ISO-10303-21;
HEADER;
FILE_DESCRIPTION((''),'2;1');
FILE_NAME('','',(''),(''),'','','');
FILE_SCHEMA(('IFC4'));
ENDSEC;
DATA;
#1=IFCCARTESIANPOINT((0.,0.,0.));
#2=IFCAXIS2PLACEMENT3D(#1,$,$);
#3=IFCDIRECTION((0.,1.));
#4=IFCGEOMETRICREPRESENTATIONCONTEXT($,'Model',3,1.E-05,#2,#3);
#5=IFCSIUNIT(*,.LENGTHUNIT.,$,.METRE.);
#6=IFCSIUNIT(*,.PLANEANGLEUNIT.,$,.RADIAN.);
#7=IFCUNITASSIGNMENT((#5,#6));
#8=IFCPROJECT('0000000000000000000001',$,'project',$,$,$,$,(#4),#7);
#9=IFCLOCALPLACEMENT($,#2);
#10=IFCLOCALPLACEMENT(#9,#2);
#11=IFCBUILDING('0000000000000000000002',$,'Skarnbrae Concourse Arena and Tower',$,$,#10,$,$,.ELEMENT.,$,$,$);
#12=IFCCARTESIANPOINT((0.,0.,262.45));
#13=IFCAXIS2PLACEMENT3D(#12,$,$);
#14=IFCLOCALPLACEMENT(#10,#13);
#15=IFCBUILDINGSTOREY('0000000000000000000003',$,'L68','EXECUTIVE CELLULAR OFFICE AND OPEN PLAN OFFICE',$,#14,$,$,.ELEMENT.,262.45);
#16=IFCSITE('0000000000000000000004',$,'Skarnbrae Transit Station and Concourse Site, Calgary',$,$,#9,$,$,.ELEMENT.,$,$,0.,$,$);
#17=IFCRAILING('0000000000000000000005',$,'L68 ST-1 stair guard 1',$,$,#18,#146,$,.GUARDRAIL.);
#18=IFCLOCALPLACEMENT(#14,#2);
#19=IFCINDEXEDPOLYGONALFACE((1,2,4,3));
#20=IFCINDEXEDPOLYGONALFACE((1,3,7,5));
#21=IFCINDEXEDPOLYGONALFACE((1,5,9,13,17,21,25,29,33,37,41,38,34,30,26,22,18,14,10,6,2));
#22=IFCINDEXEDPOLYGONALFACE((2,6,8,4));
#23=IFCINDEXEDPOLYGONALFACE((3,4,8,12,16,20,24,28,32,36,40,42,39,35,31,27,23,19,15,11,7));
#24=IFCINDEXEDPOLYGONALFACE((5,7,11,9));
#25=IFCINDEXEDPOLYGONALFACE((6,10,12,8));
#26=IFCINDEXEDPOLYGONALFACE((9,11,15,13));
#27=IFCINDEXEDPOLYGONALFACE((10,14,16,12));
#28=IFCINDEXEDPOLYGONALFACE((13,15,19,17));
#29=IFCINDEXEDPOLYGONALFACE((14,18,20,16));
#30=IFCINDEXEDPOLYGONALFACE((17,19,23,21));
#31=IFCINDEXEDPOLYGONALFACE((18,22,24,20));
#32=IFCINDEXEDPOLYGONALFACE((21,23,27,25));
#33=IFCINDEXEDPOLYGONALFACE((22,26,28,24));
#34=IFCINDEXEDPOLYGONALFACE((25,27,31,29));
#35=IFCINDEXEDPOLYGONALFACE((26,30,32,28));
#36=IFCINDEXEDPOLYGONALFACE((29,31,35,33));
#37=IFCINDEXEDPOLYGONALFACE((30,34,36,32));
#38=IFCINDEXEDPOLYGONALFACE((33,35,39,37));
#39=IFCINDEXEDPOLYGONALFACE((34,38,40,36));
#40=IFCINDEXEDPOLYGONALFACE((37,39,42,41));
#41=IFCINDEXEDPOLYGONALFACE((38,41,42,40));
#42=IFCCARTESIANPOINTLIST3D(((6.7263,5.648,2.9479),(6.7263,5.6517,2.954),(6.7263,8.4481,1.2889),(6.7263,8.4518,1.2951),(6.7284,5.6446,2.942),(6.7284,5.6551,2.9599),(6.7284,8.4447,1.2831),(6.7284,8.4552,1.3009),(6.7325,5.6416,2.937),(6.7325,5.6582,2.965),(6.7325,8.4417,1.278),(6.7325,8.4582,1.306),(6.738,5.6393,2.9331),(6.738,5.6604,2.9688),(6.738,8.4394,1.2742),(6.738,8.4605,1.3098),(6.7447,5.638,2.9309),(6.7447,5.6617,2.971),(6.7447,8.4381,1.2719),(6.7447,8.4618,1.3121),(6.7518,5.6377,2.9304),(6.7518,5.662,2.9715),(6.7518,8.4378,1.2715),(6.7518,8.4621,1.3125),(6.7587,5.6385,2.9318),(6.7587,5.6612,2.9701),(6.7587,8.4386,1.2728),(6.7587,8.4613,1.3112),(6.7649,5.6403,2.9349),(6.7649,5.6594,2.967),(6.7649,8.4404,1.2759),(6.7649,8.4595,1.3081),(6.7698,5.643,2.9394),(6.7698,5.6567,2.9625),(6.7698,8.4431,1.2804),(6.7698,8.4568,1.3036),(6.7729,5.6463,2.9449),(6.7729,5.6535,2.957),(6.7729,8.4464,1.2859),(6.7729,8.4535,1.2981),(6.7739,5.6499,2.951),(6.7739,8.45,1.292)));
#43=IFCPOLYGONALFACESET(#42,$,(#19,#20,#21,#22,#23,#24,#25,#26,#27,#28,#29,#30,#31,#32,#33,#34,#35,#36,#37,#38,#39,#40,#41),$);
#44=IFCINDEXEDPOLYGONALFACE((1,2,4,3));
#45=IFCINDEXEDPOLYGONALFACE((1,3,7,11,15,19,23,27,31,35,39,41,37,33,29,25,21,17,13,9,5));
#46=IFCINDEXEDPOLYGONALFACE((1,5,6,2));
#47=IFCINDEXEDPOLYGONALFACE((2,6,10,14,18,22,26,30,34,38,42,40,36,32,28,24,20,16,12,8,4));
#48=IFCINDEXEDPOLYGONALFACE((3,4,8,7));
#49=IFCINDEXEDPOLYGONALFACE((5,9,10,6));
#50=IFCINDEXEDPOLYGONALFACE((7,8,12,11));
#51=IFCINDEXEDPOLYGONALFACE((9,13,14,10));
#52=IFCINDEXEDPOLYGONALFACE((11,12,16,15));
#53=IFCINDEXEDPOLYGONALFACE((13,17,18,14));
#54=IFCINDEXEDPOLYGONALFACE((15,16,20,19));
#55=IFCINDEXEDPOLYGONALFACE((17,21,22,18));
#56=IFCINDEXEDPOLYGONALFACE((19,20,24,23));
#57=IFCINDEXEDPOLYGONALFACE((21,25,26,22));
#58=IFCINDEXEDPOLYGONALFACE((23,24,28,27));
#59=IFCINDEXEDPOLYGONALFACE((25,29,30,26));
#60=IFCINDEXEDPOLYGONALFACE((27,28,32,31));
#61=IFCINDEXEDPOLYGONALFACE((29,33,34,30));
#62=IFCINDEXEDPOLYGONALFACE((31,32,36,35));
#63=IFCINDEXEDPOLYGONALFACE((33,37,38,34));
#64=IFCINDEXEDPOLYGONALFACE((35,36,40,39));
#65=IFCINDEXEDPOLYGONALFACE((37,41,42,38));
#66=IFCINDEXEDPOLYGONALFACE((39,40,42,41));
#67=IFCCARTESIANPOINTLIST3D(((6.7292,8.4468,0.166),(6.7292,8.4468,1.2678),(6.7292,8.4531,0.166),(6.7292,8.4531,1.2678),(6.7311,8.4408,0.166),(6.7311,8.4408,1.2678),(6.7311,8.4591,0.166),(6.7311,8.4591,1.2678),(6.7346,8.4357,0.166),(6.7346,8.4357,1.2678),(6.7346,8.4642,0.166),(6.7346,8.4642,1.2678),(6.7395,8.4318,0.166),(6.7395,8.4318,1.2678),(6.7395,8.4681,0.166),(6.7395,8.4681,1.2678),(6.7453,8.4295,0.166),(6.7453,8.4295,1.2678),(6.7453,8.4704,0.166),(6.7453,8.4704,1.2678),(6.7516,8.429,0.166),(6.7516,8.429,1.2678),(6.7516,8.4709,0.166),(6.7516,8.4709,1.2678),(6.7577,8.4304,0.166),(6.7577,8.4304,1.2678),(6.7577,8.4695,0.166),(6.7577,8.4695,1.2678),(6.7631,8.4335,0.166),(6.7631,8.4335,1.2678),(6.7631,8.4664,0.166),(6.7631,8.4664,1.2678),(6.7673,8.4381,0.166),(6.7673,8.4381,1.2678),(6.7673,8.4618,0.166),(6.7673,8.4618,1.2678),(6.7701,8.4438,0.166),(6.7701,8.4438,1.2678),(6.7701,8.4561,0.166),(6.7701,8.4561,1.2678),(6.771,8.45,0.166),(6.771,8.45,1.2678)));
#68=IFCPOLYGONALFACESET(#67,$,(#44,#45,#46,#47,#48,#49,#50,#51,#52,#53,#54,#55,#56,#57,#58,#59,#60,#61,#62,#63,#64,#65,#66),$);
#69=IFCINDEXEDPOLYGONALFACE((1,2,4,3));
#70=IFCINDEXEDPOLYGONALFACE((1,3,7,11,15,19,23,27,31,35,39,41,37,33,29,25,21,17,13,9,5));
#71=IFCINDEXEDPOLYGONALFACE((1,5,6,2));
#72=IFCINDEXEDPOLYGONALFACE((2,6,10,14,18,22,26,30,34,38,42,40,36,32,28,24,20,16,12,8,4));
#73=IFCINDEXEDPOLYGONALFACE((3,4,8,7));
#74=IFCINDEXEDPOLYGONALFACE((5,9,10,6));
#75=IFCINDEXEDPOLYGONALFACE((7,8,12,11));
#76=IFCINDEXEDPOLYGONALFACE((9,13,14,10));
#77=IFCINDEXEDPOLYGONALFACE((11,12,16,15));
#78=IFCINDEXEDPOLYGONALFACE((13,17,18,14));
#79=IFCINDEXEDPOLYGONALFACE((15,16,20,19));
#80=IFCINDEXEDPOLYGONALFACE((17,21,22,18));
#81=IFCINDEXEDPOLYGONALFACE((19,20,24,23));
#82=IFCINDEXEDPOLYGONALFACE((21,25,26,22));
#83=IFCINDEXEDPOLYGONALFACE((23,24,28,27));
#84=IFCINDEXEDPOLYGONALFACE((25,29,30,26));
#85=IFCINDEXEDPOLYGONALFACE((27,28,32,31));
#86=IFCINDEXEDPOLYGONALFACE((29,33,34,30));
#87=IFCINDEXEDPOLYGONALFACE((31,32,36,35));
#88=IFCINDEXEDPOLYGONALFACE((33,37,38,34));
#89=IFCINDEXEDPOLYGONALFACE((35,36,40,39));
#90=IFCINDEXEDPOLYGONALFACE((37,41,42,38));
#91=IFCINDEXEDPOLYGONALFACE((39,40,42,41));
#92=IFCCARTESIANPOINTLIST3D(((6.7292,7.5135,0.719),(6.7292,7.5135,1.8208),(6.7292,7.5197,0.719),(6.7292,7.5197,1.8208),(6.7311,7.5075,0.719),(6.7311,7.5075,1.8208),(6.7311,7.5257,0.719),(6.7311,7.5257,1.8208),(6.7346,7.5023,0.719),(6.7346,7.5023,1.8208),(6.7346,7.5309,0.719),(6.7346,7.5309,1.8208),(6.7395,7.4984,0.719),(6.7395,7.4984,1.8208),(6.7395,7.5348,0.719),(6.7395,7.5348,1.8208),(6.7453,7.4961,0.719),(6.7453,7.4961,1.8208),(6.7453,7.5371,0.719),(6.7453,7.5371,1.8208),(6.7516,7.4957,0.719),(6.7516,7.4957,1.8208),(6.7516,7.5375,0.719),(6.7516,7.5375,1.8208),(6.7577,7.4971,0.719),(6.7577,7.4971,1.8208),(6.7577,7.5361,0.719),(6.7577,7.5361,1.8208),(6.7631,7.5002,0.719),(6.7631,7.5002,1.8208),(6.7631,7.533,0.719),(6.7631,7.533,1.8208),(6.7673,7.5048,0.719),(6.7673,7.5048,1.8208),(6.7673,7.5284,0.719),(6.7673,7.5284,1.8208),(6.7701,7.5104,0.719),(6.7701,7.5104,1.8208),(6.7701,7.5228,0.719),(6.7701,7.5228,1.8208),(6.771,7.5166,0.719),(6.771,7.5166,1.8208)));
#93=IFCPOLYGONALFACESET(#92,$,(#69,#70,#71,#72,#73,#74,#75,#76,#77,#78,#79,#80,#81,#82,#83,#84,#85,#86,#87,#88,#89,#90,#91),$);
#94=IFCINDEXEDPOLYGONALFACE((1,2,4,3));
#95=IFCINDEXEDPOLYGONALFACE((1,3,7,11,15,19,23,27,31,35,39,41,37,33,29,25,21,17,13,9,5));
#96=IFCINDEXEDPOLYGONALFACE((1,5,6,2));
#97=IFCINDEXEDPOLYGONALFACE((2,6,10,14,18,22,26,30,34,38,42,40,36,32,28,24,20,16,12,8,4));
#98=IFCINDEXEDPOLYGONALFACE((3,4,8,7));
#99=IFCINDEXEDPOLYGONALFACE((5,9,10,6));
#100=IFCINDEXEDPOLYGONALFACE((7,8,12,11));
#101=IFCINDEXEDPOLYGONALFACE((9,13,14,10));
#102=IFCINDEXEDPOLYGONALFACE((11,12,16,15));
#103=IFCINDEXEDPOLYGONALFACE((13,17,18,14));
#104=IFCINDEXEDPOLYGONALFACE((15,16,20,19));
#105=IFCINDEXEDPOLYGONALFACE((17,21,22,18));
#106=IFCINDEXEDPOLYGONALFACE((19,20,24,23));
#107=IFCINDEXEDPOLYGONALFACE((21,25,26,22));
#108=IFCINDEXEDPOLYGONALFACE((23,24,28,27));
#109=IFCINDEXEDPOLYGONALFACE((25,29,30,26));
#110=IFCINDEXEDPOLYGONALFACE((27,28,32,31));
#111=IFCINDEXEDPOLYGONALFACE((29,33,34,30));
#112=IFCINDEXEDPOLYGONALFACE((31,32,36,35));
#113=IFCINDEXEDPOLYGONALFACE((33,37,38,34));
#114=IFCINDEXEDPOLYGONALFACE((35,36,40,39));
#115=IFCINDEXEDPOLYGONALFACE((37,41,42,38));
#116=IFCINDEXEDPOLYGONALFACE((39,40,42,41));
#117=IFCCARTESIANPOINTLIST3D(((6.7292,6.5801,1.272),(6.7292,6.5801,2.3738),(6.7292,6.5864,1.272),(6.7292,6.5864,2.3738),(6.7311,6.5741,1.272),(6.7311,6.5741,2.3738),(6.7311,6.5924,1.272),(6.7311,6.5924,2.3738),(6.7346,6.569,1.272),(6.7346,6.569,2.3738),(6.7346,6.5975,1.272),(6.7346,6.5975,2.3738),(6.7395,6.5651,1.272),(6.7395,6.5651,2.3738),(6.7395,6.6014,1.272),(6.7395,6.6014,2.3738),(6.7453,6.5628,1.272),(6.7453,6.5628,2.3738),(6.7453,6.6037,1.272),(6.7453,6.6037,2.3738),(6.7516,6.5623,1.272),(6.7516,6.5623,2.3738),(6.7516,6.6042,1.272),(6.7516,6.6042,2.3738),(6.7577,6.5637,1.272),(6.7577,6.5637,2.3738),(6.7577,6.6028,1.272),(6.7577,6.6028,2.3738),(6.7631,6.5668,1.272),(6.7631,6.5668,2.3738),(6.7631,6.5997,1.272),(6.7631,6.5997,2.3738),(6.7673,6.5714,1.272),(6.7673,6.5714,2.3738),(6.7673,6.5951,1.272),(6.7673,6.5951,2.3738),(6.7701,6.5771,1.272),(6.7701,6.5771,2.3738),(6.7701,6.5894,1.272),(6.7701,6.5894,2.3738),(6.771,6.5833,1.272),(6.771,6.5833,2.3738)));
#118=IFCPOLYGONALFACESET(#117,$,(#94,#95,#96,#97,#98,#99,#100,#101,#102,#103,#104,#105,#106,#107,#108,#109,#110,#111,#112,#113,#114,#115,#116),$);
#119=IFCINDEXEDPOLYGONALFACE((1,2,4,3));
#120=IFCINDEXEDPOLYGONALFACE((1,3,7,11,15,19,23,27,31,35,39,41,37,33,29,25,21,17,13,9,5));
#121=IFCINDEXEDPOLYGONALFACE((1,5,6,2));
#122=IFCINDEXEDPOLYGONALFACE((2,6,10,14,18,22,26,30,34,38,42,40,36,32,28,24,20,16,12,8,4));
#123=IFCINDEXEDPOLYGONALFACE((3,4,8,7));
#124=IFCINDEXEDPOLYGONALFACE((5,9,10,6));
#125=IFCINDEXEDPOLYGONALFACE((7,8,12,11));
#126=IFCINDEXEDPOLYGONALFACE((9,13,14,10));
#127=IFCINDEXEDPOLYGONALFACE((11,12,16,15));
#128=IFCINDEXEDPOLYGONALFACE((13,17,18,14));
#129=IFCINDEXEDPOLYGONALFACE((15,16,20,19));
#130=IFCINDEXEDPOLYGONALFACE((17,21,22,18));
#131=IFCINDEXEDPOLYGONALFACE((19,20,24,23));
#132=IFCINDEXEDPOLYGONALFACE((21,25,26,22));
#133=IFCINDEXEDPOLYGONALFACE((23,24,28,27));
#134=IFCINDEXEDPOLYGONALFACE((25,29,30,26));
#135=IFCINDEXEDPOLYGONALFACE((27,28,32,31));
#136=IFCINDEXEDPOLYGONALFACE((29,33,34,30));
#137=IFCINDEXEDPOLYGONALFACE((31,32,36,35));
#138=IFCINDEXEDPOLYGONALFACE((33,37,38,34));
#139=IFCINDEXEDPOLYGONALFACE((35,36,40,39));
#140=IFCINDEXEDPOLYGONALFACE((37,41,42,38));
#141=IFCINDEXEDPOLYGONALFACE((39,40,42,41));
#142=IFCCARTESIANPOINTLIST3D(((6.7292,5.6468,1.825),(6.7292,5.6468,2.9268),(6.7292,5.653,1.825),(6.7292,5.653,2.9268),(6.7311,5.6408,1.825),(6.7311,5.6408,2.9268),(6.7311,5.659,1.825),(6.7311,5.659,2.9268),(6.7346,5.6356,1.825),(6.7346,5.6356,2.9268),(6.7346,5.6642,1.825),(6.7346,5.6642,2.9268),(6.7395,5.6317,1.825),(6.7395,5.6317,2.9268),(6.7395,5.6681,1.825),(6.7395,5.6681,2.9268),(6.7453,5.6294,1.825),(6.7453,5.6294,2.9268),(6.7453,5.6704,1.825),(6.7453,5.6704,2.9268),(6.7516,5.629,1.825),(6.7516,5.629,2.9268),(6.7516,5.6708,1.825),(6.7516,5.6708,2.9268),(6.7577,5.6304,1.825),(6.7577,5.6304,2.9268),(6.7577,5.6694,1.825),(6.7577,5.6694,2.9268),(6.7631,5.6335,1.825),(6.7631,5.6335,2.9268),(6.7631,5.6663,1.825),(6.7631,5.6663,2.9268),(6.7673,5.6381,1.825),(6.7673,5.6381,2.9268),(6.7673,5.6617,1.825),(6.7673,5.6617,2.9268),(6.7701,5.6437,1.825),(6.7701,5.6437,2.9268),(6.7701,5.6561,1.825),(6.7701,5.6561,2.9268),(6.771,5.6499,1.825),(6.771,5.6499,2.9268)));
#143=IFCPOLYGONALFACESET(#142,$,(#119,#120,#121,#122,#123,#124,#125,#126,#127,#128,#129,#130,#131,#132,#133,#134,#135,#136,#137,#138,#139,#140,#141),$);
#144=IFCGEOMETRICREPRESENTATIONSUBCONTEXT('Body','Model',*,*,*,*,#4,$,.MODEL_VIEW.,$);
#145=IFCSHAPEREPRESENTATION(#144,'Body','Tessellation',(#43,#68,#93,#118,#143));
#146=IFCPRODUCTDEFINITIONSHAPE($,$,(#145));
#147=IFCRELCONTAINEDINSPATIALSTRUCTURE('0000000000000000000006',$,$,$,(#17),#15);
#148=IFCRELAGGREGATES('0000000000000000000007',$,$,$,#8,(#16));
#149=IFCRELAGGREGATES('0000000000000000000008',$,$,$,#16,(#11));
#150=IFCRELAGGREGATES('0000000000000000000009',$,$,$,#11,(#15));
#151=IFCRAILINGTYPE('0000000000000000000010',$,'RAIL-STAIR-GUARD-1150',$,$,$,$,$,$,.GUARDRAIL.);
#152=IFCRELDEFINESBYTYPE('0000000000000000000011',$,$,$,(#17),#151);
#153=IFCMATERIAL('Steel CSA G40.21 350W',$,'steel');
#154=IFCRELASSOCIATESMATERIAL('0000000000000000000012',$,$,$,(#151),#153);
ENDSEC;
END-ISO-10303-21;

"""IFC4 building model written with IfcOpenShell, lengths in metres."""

from ifc_helpers import new_model, si_unit, direction, frame, origin, origin_2d, place, context, subcontext, project, spatial, circle, extrude, material, type_object, element, save


model = new_model("IFC4")

# Units and contexts
model_context = context("Model", 3, precision=1e-05, world=origin(), true_north=direction((0.0, 1.0)))
body_context = subcontext(model_context, "Body", "Model", "MODEL_VIEW")
ifc_project = project(units=[si_unit("LENGTHUNIT", "METRE"), si_unit("PLANEANGLEUNIT", "RADIAN")], contexts=[model_context])

# Site, building, storey
site_placement = place(None, origin())
site = spatial("IfcSite", under=ifc_project, at=site_placement, Name="Skarnbrae Transit Station and Concourse Site, Calgary", CompositionType="ELEMENT", RefElevation=0.0)
building_placement = place(site_placement, origin())
building = spatial("IfcBuilding", under=site, at=building_placement, Name="Skarnbrae Concourse Arena and Tower", CompositionType="ELEMENT")
storey_placement = place(building_placement, frame((0.0, 0.0, 262.45)))
storey = spatial("IfcBuildingStorey", under=building, at=storey_placement, Name="L68", Description="EXECUTIVE CELLULAR OFFICE AND OPEN PLAN OFFICE", CompositionType="ELEMENT", Elevation=262.45)

# Shared definitions
ifc_material_1 = material(Name="Steel CSA G40.21 350W", Category="steel")

# Railing
railing_type_1 = type_object("IfcRailingType", Name="RAIL-STAIR-GUARD-1150", PredefinedType="GUARDRAIL", material=ifc_material_1)
railing_1_placement = place(storey_placement, frame((6.75, 8.45, 0.166)))
element("IfcRailing", 1, at=railing_1_placement, inside=storey, type_object=railing_type_1, Name="L68 ST-1 stair guard 1", PredefinedType="GUARDRAIL", context=body_context, shape_type="SweptSolid", body=[
    extrude(circle(Radius=0.0239, at=origin_2d()), frame((0.0, 0.0, 1.126), z_axis=(0.0, -0.860339, 0.509722), x_axis=(1.0, 0.0, 0.0)), (0.0, 0.0, 1.0), 3.2546),
    extrude(circle(Radius=0.021, at=origin_2d()), origin(), (0.0, 0.0, 1.0), 1.1018),
    extrude(circle(Radius=0.021, at=origin_2d()), frame((0.0, -0.9333, 0.553)), (0.0, 0.0, 1.0), 1.1018),
    extrude(circle(Radius=0.021, at=origin_2d()), frame((0.0, -1.8667, 1.106)), (0.0, 0.0, 1.0), 1.1018),
    extrude(circle(Radius=0.021, at=origin_2d()), frame((0.0, -2.8, 1.6589)), (0.0, 0.0, 1.0), 1.1018),
])

save(model, "model.ifc")
